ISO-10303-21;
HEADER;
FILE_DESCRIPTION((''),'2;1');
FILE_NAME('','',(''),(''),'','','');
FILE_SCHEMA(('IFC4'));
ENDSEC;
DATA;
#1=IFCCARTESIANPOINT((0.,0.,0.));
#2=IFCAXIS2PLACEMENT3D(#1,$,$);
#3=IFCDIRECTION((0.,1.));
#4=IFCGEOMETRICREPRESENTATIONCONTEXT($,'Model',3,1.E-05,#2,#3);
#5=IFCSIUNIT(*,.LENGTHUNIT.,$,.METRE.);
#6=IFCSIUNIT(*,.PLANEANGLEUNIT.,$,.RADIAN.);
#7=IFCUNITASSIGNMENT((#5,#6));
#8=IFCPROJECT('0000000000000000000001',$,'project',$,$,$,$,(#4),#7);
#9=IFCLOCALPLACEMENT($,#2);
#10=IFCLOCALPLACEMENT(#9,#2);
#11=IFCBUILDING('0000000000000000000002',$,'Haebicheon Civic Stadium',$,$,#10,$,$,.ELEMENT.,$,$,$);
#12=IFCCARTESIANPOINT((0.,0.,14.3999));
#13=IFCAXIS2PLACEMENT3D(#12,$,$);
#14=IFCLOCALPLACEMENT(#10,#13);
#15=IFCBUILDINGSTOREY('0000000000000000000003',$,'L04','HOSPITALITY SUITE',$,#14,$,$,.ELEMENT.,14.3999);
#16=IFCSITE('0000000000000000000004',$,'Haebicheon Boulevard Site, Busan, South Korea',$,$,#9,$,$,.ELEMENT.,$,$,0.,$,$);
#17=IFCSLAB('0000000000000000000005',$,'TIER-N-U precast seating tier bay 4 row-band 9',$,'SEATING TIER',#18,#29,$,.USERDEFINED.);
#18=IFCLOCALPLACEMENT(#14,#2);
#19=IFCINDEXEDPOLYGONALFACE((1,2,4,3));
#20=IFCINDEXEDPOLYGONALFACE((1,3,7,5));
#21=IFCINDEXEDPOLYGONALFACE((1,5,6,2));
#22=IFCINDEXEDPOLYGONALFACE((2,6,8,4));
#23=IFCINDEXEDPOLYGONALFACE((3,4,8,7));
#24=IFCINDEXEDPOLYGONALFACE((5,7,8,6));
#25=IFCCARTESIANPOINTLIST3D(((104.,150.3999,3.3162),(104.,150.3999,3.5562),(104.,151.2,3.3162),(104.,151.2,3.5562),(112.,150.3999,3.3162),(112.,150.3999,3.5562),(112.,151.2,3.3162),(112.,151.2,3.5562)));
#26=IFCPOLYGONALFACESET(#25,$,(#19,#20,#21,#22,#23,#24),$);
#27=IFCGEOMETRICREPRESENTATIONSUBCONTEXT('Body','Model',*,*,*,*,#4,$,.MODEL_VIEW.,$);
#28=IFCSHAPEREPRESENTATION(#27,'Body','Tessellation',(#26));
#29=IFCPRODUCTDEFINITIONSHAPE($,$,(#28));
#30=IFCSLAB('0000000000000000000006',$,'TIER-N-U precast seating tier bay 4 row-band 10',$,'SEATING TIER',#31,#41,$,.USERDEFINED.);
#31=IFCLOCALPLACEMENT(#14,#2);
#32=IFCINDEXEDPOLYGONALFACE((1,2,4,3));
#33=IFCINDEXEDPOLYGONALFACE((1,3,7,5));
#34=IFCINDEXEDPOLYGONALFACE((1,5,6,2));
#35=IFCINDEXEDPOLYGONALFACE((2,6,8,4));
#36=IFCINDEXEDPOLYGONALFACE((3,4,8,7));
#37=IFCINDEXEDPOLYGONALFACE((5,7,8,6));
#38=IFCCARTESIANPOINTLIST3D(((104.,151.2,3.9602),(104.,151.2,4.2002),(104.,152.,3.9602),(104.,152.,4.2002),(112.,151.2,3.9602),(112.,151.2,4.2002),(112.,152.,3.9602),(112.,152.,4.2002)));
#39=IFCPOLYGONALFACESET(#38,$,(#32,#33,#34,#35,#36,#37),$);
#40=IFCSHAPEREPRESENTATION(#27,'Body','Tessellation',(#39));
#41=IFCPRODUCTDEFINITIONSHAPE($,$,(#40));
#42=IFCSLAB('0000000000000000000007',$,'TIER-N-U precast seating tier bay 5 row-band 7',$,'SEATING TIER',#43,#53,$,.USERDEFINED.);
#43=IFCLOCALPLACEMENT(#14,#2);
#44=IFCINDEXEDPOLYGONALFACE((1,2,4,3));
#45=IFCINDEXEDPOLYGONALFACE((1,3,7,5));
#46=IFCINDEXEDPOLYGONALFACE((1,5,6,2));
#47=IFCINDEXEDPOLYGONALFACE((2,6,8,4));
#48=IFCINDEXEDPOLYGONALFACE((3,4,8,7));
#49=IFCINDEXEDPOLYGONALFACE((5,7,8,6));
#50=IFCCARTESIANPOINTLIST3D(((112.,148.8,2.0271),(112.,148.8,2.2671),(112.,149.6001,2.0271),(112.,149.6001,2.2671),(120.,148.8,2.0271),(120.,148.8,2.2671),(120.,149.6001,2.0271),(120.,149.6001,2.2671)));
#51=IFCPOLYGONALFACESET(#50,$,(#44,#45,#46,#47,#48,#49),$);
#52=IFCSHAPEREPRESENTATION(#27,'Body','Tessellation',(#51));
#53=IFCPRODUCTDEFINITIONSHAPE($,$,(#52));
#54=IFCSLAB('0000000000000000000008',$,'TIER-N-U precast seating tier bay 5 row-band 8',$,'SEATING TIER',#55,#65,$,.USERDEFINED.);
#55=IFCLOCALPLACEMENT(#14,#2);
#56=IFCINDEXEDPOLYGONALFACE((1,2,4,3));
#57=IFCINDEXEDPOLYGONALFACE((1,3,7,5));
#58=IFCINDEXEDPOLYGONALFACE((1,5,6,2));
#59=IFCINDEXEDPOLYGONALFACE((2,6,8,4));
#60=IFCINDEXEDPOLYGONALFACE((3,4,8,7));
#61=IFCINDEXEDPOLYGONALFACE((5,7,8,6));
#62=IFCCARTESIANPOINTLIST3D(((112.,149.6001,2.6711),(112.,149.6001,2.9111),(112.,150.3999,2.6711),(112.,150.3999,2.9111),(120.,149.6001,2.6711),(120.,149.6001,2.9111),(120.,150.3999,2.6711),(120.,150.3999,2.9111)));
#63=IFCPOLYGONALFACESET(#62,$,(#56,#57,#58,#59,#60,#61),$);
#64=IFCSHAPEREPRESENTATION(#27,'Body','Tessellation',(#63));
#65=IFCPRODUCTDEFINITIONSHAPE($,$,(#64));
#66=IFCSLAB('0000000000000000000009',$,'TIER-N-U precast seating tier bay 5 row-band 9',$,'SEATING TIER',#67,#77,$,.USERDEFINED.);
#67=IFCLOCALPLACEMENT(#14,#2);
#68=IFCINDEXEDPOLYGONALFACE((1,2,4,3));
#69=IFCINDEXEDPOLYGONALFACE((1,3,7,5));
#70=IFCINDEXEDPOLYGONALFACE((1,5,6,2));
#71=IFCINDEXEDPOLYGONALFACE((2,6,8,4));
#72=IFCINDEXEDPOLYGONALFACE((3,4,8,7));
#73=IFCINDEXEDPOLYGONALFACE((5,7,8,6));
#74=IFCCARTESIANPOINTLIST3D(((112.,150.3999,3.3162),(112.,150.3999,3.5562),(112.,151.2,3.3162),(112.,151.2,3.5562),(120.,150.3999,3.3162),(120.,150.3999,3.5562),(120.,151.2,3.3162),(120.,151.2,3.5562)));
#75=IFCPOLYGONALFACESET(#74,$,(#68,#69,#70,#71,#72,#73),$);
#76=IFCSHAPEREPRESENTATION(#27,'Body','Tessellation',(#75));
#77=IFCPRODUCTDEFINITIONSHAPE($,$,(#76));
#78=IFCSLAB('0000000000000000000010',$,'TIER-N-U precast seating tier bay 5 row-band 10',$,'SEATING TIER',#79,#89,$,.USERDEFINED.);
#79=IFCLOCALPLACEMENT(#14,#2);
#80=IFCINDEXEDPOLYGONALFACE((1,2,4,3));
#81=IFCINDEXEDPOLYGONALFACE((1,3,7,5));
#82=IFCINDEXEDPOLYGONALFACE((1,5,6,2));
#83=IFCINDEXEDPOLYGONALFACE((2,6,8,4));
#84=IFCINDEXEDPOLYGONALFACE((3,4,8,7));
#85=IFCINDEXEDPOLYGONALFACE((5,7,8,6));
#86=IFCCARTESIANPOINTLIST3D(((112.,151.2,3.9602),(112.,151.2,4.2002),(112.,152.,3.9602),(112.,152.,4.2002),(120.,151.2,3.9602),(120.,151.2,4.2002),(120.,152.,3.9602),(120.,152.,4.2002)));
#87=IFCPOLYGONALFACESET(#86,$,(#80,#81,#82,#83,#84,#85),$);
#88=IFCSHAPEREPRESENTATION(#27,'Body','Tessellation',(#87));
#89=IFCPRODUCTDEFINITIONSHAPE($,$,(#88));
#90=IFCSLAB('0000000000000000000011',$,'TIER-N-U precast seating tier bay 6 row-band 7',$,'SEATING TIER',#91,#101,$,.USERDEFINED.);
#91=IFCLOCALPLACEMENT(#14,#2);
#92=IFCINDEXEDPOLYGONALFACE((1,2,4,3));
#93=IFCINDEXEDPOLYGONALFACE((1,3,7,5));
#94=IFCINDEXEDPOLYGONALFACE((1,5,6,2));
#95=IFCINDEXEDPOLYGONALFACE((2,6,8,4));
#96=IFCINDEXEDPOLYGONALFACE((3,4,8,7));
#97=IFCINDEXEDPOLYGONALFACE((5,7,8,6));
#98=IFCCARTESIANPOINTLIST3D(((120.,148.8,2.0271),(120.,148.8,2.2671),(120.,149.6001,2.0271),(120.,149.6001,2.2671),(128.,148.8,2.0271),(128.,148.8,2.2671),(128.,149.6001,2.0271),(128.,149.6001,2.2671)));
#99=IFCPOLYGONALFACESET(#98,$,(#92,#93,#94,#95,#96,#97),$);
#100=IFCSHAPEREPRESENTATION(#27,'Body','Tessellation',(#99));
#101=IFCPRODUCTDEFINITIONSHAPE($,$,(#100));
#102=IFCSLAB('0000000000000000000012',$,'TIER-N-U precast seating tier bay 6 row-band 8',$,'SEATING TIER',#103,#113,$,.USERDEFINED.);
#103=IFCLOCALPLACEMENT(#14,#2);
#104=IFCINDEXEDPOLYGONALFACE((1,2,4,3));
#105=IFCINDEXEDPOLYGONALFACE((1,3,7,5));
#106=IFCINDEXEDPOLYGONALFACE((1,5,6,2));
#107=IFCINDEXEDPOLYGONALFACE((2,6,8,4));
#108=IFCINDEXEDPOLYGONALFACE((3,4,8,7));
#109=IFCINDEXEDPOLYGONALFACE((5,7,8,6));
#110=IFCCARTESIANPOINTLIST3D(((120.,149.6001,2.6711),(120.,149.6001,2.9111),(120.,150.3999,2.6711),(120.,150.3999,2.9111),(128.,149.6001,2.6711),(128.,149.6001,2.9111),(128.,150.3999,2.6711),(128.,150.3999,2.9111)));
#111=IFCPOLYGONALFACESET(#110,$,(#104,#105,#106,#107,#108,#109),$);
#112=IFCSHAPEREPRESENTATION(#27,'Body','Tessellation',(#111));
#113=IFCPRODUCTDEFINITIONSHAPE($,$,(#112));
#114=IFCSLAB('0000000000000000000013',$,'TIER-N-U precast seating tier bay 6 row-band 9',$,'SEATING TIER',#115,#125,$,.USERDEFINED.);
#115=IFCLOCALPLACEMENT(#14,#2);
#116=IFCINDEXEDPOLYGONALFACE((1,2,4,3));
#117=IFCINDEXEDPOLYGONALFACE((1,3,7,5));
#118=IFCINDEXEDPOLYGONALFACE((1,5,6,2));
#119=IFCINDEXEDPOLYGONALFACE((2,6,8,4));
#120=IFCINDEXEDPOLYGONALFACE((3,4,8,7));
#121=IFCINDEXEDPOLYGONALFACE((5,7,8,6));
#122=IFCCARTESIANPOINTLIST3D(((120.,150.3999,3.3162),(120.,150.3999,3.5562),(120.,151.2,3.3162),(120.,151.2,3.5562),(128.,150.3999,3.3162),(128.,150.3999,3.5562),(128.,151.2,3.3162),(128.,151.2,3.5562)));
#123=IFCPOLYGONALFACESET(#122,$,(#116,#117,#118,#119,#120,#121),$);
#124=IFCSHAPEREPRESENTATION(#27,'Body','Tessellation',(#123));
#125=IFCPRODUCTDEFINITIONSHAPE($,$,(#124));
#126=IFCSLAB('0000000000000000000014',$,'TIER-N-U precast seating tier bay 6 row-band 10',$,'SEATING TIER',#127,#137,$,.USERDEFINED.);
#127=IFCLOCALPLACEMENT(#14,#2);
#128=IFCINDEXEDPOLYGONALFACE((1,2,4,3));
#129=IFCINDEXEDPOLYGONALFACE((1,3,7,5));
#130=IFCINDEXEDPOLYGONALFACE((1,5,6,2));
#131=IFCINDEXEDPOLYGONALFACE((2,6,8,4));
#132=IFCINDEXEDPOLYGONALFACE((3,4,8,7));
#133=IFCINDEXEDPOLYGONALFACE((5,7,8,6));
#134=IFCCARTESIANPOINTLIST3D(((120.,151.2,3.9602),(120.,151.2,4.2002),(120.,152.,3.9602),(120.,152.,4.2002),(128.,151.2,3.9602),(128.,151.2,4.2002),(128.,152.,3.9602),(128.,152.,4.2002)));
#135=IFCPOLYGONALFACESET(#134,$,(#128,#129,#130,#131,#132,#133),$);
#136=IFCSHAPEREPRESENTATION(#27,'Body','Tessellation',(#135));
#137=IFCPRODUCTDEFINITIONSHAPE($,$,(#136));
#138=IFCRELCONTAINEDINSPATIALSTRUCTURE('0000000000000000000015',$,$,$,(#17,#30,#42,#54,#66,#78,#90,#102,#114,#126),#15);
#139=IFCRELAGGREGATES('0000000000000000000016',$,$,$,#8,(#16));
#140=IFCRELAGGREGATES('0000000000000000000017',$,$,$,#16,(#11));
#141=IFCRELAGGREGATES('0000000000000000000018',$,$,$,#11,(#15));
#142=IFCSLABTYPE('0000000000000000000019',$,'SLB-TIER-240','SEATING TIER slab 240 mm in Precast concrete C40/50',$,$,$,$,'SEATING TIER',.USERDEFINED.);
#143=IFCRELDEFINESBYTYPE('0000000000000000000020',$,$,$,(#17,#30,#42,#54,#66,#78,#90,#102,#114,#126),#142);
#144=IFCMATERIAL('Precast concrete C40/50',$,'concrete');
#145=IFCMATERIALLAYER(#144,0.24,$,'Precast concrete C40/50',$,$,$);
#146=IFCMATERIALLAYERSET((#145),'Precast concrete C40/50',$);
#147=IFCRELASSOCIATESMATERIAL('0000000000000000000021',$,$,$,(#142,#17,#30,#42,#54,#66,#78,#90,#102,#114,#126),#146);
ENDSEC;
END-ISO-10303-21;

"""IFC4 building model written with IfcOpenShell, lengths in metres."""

from ifc_helpers import new_model, si_unit, direction, frame, origin, place, context, subcontext, project, spatial, polyline, outline, extrude, material, layer, layer_set, type_object, element, save


model = new_model("IFC4")

# Units and contexts
model_context = context("Model", 3, precision=1e-05, world=origin(), true_north=direction((0.0, 1.0)))
body_context = subcontext(model_context, "Body", "Model", "MODEL_VIEW")
ifc_project = project(units=[si_unit("LENGTHUNIT", "METRE"), si_unit("PLANEANGLEUNIT", "RADIAN")], contexts=[model_context])

# Site, building, storey
site_placement = place(None, origin())
site = spatial("IfcSite", under=ifc_project, at=site_placement, Name="Haebicheon Boulevard Site, Busan, South Korea", CompositionType="ELEMENT", RefElevation=0.0)
building_placement = place(site_placement, origin())
building = spatial("IfcBuilding", under=site, at=building_placement, Name="Haebicheon Civic Stadium", CompositionType="ELEMENT")
storey_placement = place(building_placement, frame((0.0, 0.0, 14.3999)))
storey = spatial("IfcBuildingStorey", under=building, at=storey_placement, Name="L04", Description="HOSPITALITY SUITE", CompositionType="ELEMENT", Elevation=14.3999)

# Slabs
ifc_material = material(Name="Precast concrete C40/50", Category="concrete")
ifc_layer = layer(ifc_material, 0.24, Name="Precast concrete C40/50")
ifc_layer_set = layer_set([ifc_layer], Name="Precast concrete C40/50")
slab_type = type_object("IfcSlabType", Name="SLB-TIER-240", Description="SEATING TIER slab 240 mm in Precast concrete C40/50", ElementType="SEATING TIER", PredefinedType="USERDEFINED", material=ifc_layer_set)
slab_1_placement = place(storey_placement, frame((0.0, 0.0, 3.3162)))
element("IfcSlab", 1, at=slab_1_placement, inside=storey, type_object=slab_type, material=ifc_layer_set, Name="TIER-N-U precast seating tier bay 4 row-band 9", ObjectType="SEATING TIER", PredefinedType="USERDEFINED", context=body_context, shape_type="SweptSolid", body=[
    extrude(outline(polyline([(104.0, 150.3999), (112.0, 150.3999), (112.0, 151.2), (104.0, 151.2), (104.0, 150.3999)])), origin(), (0.0, 0.0, 1.0), 0.24),
])
slab_2_placement = place(storey_placement, frame((0.0, 0.0, 3.9602)))
element("IfcSlab", 2, at=slab_2_placement, inside=storey, type_object=slab_type, material=ifc_layer_set, Name="TIER-N-U precast seating tier bay 4 row-band 10", ObjectType="SEATING TIER", PredefinedType="USERDEFINED", context=body_context, shape_type="SweptSolid", body=[
    extrude(outline(polyline([(104.0, 151.2), (112.0, 151.2), (112.0, 152.0), (104.0, 152.0), (104.0, 151.2)])), origin(), (0.0, 0.0, 1.0), 0.24),
])
slab_3_placement = place(storey_placement, frame((0.0, 0.0, 2.0271)))
element("IfcSlab", 3, at=slab_3_placement, inside=storey, type_object=slab_type, material=ifc_layer_set, Name="TIER-N-U precast seating tier bay 5 row-band 7", ObjectType="SEATING TIER", PredefinedType="USERDEFINED", context=body_context, shape_type="SweptSolid", body=[
    extrude(outline(polyline([(112.0, 148.8), (120.0, 148.8), (120.0, 149.6001), (112.0, 149.6001), (112.0, 148.8)])), origin(), (0.0, 0.0, 1.0), 0.24),
])
slab_4_placement = place(storey_placement, frame((0.0, 0.0, 2.6711)))
element("IfcSlab", 4, at=slab_4_placement, inside=storey, type_object=slab_type, material=ifc_layer_set, Name="TIER-N-U precast seating tier bay 5 row-band 8", ObjectType="SEATING TIER", PredefinedType="USERDEFINED", context=body_context, shape_type="SweptSolid", body=[
    extrude(outline(polyline([(112.0, 149.6001), (120.0, 149.6001), (120.0, 150.3999), (112.0, 150.3999), (112.0, 149.6001)])), origin(), (0.0, 0.0, 1.0), 0.24),
])
slab_5_placement = place(storey_placement, frame((0.0, 0.0, 3.3162)))
element("IfcSlab", 5, at=slab_5_placement, inside=storey, type_object=slab_type, material=ifc_layer_set, Name="TIER-N-U precast seating tier bay 5 row-band 9", ObjectType="SEATING TIER", PredefinedType="USERDEFINED", context=body_context, shape_type="SweptSolid", body=[
    extrude(outline(polyline([(112.0, 150.3999), (120.0, 150.3999), (120.0, 151.2), (112.0, 151.2), (112.0, 150.3999)])), origin(), (0.0, 0.0, 1.0), 0.24),
])
slab_6_placement = place(storey_placement, frame((0.0, 0.0, 3.9602)))
element("IfcSlab", 6, at=slab_6_placement, inside=storey, type_object=slab_type, material=ifc_layer_set, Name="TIER-N-U precast seating tier bay 5 row-band 10", ObjectType="SEATING TIER", PredefinedType="USERDEFINED", context=body_context, shape_type="SweptSolid", body=[
    extrude(outline(polyline([(112.0, 151.2), (120.0, 151.2), (120.0, 152.0), (112.0, 152.0), (112.0, 151.2)])), origin(), (0.0, 0.0, 1.0), 0.24),
])
slab_7_placement = place(storey_placement, frame((0.0, 0.0, 2.0271)))
element("IfcSlab", 7, at=slab_7_placement, inside=storey, type_object=slab_type, material=ifc_layer_set, Name="TIER-N-U precast seating tier bay 6 row-band 7", ObjectType="SEATING TIER", PredefinedType="USERDEFINED", context=body_context, shape_type="SweptSolid", body=[
    extrude(outline(polyline([(120.0, 148.8), (128.0, 148.8), (128.0, 149.6001), (120.0, 149.6001), (120.0, 148.8)])), origin(), (0.0, 0.0, 1.0), 0.24),
])
slab_8_placement = place(storey_placement, frame((0.0, 0.0, 2.6711)))
element("IfcSlab", 8, at=slab_8_placement, inside=storey, type_object=slab_type, material=ifc_layer_set, Name="TIER-N-U precast seating tier bay 6 row-band 8", ObjectType="SEATING TIER", PredefinedType="USERDEFINED", context=body_context, shape_type="SweptSolid", body=[
    extrude(outline(polyline([(120.0, 149.6001), (128.0, 149.6001), (128.0, 150.3999), (120.0, 150.3999), (120.0, 149.6001)])), origin(), (0.0, 0.0, 1.0), 0.24),
])
slab_9_placement = place(storey_placement, frame((0.0, 0.0, 3.3162)))
element("IfcSlab", 9, at=slab_9_placement, inside=storey, type_object=slab_type, material=ifc_layer_set, Name="TIER-N-U precast seating tier bay 6 row-band 9", ObjectType="SEATING TIER", PredefinedType="USERDEFINED", context=body_context, shape_type="SweptSolid", body=[
    extrude(outline(polyline([(120.0, 150.3999), (128.0, 150.3999), (128.0, 151.2), (120.0, 151.2), (120.0, 150.3999)])), origin(), (0.0, 0.0, 1.0), 0.24),
])
slab_10_placement = place(storey_placement, frame((0.0, 0.0, 3.9602)))
element("IfcSlab", 10, at=slab_10_placement, inside=storey, type_object=slab_type, material=ifc_layer_set, Name="TIER-N-U precast seating tier bay 6 row-band 10", ObjectType="SEATING TIER", PredefinedType="USERDEFINED", context=body_context, shape_type="SweptSolid", body=[
    extrude(outline(polyline([(120.0, 151.2), (128.0, 151.2), (128.0, 152.0), (120.0, 152.0), (120.0, 151.2)])), origin(), (0.0, 0.0, 1.0), 0.24),
])

save(model, "model.ifc")
